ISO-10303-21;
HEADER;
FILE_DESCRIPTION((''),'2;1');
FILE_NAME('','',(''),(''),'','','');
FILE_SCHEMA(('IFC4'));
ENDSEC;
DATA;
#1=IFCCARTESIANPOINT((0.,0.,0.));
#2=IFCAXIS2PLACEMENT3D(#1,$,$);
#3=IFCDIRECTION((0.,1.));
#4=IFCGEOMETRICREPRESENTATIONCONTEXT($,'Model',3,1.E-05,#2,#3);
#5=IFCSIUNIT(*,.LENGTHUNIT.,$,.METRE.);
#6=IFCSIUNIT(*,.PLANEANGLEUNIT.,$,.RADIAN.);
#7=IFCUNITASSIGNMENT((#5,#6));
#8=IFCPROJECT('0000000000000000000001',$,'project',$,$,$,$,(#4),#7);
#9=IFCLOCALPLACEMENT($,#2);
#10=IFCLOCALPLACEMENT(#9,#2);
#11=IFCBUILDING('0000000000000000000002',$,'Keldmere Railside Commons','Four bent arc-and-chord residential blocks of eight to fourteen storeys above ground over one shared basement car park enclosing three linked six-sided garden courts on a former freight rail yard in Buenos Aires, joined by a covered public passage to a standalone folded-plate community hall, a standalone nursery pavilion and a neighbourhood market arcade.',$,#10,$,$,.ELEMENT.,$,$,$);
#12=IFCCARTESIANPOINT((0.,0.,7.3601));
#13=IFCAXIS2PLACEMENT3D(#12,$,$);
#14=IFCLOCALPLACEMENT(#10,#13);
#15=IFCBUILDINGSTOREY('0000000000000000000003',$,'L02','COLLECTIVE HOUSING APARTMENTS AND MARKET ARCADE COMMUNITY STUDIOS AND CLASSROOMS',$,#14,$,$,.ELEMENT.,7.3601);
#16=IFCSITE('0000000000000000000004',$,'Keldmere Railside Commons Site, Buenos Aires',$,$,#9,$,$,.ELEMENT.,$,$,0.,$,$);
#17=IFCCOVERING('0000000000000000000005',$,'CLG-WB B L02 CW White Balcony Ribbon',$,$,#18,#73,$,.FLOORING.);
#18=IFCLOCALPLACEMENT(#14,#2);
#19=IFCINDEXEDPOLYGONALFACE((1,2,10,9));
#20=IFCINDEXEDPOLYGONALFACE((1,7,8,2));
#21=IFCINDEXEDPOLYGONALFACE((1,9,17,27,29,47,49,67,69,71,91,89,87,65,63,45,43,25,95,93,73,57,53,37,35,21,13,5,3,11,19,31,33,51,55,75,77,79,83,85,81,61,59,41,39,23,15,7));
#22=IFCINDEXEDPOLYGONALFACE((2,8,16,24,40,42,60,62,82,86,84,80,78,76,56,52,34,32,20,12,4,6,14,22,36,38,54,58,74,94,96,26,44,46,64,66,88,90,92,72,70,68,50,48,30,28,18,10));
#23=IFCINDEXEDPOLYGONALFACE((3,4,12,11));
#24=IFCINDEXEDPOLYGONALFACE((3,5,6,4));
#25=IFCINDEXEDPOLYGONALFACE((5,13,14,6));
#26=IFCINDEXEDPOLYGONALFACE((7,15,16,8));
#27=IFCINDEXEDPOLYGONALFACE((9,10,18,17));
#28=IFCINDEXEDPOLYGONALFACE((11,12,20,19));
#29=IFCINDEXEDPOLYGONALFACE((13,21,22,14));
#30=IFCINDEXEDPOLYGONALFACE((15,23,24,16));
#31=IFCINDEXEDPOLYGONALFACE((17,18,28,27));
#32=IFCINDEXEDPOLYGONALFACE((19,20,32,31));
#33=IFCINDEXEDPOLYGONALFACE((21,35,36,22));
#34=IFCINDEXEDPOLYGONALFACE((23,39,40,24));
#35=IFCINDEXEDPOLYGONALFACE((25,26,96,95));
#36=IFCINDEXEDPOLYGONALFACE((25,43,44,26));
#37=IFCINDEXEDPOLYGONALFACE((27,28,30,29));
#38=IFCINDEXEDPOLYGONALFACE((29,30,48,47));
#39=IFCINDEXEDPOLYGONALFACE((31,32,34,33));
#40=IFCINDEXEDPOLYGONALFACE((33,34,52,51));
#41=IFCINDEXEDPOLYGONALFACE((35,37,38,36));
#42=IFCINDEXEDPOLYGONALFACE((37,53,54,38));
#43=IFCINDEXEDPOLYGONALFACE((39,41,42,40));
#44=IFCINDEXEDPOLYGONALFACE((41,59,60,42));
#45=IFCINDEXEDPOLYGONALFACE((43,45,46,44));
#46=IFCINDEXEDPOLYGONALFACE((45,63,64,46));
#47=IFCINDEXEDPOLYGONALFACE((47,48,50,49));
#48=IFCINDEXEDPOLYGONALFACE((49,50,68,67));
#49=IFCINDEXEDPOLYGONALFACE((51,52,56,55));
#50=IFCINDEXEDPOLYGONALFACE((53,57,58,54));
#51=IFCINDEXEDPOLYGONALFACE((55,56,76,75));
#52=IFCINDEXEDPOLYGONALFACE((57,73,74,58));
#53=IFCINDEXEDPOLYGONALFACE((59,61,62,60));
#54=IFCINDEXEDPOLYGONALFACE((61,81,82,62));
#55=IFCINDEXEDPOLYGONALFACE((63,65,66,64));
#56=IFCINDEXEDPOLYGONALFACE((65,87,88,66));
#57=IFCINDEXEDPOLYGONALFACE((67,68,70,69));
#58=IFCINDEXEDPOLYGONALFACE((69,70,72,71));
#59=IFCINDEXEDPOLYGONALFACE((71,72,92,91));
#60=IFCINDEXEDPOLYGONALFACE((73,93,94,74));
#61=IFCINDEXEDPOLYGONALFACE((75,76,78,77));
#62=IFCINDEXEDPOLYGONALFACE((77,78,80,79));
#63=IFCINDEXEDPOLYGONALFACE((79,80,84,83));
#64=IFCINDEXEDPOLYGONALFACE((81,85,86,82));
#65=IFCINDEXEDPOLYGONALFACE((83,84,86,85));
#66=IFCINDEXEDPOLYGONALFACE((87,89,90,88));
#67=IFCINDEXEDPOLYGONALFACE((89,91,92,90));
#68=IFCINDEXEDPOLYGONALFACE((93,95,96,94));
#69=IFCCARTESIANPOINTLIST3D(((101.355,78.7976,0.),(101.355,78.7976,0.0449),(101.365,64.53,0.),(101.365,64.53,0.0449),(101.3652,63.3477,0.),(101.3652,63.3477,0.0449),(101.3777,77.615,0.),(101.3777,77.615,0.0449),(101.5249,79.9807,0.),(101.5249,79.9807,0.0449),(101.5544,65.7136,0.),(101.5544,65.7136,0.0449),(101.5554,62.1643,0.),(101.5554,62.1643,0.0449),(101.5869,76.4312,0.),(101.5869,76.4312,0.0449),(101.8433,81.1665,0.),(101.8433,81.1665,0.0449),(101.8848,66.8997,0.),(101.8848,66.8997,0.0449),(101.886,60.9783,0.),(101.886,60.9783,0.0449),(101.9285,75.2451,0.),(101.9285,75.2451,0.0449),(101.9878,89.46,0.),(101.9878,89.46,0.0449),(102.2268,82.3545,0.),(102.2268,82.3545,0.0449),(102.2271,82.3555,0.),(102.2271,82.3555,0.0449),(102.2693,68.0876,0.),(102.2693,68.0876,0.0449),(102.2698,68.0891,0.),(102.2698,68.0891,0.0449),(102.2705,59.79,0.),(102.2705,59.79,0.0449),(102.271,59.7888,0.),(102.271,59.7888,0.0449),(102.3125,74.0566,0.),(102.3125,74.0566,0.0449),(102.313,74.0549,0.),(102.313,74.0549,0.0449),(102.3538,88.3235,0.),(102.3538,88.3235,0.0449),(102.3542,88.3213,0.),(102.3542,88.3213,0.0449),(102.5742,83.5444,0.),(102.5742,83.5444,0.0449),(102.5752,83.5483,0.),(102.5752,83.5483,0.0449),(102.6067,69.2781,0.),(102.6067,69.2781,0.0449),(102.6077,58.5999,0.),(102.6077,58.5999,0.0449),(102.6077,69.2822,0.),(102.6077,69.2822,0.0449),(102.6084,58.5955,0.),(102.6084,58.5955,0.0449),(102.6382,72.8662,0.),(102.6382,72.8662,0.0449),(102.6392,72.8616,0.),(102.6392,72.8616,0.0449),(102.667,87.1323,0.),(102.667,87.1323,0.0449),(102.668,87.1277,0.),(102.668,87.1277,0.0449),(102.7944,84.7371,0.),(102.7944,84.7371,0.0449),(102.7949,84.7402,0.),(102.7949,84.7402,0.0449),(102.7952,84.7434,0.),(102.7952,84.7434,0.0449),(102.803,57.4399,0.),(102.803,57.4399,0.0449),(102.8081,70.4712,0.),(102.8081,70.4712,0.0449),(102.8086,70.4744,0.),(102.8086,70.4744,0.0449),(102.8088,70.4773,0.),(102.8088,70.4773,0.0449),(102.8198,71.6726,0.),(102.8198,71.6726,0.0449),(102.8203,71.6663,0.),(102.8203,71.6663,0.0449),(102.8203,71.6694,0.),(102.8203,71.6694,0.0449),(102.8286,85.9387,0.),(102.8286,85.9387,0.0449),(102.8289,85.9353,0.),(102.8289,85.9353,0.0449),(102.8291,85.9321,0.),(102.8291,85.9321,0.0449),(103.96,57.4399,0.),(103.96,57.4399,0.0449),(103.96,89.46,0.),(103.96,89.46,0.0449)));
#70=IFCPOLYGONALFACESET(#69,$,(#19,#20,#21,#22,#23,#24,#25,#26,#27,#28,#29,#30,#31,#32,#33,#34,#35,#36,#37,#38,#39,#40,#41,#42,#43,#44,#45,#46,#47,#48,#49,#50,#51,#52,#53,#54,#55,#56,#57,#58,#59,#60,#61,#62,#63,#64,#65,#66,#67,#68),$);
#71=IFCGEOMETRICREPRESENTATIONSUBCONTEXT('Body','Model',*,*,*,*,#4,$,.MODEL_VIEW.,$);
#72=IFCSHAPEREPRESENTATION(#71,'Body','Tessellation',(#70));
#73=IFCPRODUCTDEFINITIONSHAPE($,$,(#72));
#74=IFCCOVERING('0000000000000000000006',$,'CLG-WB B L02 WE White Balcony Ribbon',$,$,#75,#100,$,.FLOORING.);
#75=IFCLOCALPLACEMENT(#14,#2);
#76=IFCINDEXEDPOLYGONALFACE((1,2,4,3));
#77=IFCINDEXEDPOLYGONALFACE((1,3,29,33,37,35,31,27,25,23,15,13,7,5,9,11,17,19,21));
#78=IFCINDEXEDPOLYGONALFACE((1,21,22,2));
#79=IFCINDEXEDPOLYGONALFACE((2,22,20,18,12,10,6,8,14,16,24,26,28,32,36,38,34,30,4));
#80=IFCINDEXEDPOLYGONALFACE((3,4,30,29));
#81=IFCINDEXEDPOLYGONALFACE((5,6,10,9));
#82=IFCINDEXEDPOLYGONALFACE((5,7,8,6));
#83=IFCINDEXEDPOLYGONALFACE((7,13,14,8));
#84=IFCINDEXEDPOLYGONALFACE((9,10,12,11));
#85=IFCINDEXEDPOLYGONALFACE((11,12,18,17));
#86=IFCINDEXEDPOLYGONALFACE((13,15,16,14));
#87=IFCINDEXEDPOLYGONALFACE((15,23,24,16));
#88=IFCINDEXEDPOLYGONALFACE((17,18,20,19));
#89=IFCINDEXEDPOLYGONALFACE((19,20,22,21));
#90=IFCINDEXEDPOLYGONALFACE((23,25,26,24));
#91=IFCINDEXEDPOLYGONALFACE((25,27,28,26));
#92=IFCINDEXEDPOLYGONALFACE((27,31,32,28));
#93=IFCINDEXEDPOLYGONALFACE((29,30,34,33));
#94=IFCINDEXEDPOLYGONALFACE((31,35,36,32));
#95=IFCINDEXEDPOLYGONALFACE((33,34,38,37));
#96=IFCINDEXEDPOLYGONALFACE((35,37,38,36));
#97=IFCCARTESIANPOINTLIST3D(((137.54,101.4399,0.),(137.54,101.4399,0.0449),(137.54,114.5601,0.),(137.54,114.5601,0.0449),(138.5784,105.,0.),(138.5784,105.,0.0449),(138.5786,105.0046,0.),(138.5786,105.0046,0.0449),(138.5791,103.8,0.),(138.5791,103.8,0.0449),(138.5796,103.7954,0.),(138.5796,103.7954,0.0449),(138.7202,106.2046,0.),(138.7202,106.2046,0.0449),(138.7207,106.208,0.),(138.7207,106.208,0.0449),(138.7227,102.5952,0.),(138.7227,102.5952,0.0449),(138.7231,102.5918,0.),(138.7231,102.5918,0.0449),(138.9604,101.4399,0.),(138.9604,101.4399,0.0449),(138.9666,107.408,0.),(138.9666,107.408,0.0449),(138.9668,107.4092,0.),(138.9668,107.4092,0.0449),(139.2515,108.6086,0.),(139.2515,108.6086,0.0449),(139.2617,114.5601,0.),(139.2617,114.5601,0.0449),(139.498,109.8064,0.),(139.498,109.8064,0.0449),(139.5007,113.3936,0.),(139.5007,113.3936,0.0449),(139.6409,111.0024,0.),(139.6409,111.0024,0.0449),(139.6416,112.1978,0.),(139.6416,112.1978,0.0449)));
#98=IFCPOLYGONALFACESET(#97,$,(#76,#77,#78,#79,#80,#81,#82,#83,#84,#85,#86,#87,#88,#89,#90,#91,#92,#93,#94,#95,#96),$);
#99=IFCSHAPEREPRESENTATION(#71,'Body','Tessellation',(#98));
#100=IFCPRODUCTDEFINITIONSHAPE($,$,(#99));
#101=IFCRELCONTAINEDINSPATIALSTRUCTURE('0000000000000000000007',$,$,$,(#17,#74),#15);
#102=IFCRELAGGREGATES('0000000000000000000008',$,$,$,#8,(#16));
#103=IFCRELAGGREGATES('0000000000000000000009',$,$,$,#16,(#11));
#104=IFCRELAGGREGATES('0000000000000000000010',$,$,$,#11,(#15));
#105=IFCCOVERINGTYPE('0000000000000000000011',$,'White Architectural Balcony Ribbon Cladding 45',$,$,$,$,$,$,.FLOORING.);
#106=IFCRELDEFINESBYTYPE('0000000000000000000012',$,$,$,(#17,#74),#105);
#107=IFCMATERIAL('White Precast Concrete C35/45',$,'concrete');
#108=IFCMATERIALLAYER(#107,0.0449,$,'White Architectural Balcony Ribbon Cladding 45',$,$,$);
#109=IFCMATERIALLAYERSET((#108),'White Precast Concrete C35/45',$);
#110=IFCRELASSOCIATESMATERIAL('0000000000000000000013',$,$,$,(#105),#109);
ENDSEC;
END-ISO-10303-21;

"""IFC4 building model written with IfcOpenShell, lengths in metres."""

from ifc_helpers import new_model, si_unit, direction, frame, origin, place, context, subcontext, project, spatial, polyline, outline, extrude, material, layer, layer_set, type_object, element, save


model = new_model("IFC4")

# Units and contexts
model_context = context("Model", 3, precision=1e-05, world=origin(), true_north=direction((0.0, 1.0)))
body_context = subcontext(model_context, "Body", "Model", "MODEL_VIEW")
ifc_project = project(units=[si_unit("LENGTHUNIT", "METRE"), si_unit("PLANEANGLEUNIT", "RADIAN")], contexts=[model_context])

# Site, building, storey
site_placement = place(None, origin())
site = spatial("IfcSite", under=ifc_project, at=site_placement, Name="Keldmere Railside Commons Site, Buenos Aires", CompositionType="ELEMENT", RefElevation=0.0)
building_placement = place(site_placement, origin())
building = spatial("IfcBuilding", under=site, at=building_placement, Name="Keldmere Railside Commons", Description="Four bent arc-and-chord residential blocks of eight to fourteen storeys above ground over one shared basement car park enclosing three linked six-sided garden courts on a former freight rail yard in Buenos Aires, joined by a covered public passage to a standalone folded-plate community hall, a standalone nursery pavilion and a neighbourhood market arcade.", CompositionType="ELEMENT")
storey_placement = place(building_placement, frame((0.0, 0.0, 7.3601)))
storey = spatial("IfcBuildingStorey", under=building, at=storey_placement, Name="L02", Description="COLLECTIVE HOUSING APARTMENTS AND MARKET ARCADE COMMUNITY STUDIOS AND CLASSROOMS", CompositionType="ELEMENT", Elevation=7.3601)

# Coverings
ifc_material_1 = material(Name="White Precast Concrete C35/45", Category="concrete")
ifc_layer_1 = layer(ifc_material_1, 0.0449, Name="White Architectural Balcony Ribbon Cladding 45")
ifc_layer_set_1 = layer_set([ifc_layer_1], Name="White Precast Concrete C35/45")
covering_type = type_object("IfcCoveringType", Name="White Architectural Balcony Ribbon Cladding 45", PredefinedType="FLOORING", material=ifc_layer_set_1)
covering_1_placement = place(storey_placement, origin())
element("IfcCovering", 1, at=covering_1_placement, inside=storey, type_object=covering_type, Name="CLG-WB B L02 CW White Balcony Ribbon", PredefinedType="FLOORING", context=body_context, shape_type="SweptSolid", body=[
    extrude(outline(polyline([(103.96, 89.46), (101.9878, 89.46), (102.3538, 88.3235), (102.3542, 88.3213), (102.667, 87.1323), (102.668, 87.1277), (102.8286, 85.9387), (102.8289, 85.9353), (102.8291, 85.9321), (102.7952, 84.7434), (102.7949, 84.7402), (102.7944, 84.7371), (102.5752, 83.5483), (102.5742, 83.5444), (102.2271, 82.3555), (102.2268, 82.3545), (101.8433, 81.1665), (101.5249, 79.9807), (101.355, 78.7976), (101.3777, 77.615), (101.5869, 76.4312), (101.9285, 75.2451), (102.3125, 74.0566), (102.313, 74.0549), (102.6382, 72.8662), (102.6392, 72.8616), (102.8198, 71.6726), (102.8203, 71.6694), (102.8203, 71.6663), (102.8088, 70.4773), (102.8086, 70.4744), (102.8081, 70.4712), (102.6077, 69.2822), (102.6067, 69.2781), (102.2698, 68.0891), (102.2693, 68.0876), (101.8848, 66.8997), (101.5544, 65.7136), (101.365, 64.53), (101.3652, 63.3477), (101.5554, 62.1643), (101.886, 60.9783), (102.2705, 59.79), (102.271, 59.7888), (102.6077, 58.5999), (102.6084, 58.5955), (102.803, 57.4399), (103.96, 57.4399), (103.96, 89.46)])), origin(), (0.0, 0.0, 1.0), 0.0449),
])
covering_2_placement = place(storey_placement, origin())
element("IfcCovering", 2, at=covering_2_placement, inside=storey, type_object=covering_type, Name="CLG-WB B L02 WE White Balcony Ribbon", PredefinedType="FLOORING", context=body_context, shape_type="SweptSolid", body=[
    extrude(outline(polyline([(138.7231, 102.5918), (138.7227, 102.5952), (138.5796, 103.7954), (138.5791, 103.8), (138.5784, 105.0), (138.5786, 105.0046), (138.7202, 106.2046), (138.7207, 106.208), (138.9666, 107.408), (138.9668, 107.4092), (139.2515, 108.6086), (139.498, 109.8064), (139.6409, 111.0024), (139.6416, 112.1978), (139.5007, 113.3936), (139.2617, 114.5601), (137.54, 114.5601), (137.54, 101.4399), (138.9604, 101.4399), (138.7231, 102.5918)])), origin(), (0.0, 0.0, 1.0), 0.0449),
])

save(model, "model.ifc")
